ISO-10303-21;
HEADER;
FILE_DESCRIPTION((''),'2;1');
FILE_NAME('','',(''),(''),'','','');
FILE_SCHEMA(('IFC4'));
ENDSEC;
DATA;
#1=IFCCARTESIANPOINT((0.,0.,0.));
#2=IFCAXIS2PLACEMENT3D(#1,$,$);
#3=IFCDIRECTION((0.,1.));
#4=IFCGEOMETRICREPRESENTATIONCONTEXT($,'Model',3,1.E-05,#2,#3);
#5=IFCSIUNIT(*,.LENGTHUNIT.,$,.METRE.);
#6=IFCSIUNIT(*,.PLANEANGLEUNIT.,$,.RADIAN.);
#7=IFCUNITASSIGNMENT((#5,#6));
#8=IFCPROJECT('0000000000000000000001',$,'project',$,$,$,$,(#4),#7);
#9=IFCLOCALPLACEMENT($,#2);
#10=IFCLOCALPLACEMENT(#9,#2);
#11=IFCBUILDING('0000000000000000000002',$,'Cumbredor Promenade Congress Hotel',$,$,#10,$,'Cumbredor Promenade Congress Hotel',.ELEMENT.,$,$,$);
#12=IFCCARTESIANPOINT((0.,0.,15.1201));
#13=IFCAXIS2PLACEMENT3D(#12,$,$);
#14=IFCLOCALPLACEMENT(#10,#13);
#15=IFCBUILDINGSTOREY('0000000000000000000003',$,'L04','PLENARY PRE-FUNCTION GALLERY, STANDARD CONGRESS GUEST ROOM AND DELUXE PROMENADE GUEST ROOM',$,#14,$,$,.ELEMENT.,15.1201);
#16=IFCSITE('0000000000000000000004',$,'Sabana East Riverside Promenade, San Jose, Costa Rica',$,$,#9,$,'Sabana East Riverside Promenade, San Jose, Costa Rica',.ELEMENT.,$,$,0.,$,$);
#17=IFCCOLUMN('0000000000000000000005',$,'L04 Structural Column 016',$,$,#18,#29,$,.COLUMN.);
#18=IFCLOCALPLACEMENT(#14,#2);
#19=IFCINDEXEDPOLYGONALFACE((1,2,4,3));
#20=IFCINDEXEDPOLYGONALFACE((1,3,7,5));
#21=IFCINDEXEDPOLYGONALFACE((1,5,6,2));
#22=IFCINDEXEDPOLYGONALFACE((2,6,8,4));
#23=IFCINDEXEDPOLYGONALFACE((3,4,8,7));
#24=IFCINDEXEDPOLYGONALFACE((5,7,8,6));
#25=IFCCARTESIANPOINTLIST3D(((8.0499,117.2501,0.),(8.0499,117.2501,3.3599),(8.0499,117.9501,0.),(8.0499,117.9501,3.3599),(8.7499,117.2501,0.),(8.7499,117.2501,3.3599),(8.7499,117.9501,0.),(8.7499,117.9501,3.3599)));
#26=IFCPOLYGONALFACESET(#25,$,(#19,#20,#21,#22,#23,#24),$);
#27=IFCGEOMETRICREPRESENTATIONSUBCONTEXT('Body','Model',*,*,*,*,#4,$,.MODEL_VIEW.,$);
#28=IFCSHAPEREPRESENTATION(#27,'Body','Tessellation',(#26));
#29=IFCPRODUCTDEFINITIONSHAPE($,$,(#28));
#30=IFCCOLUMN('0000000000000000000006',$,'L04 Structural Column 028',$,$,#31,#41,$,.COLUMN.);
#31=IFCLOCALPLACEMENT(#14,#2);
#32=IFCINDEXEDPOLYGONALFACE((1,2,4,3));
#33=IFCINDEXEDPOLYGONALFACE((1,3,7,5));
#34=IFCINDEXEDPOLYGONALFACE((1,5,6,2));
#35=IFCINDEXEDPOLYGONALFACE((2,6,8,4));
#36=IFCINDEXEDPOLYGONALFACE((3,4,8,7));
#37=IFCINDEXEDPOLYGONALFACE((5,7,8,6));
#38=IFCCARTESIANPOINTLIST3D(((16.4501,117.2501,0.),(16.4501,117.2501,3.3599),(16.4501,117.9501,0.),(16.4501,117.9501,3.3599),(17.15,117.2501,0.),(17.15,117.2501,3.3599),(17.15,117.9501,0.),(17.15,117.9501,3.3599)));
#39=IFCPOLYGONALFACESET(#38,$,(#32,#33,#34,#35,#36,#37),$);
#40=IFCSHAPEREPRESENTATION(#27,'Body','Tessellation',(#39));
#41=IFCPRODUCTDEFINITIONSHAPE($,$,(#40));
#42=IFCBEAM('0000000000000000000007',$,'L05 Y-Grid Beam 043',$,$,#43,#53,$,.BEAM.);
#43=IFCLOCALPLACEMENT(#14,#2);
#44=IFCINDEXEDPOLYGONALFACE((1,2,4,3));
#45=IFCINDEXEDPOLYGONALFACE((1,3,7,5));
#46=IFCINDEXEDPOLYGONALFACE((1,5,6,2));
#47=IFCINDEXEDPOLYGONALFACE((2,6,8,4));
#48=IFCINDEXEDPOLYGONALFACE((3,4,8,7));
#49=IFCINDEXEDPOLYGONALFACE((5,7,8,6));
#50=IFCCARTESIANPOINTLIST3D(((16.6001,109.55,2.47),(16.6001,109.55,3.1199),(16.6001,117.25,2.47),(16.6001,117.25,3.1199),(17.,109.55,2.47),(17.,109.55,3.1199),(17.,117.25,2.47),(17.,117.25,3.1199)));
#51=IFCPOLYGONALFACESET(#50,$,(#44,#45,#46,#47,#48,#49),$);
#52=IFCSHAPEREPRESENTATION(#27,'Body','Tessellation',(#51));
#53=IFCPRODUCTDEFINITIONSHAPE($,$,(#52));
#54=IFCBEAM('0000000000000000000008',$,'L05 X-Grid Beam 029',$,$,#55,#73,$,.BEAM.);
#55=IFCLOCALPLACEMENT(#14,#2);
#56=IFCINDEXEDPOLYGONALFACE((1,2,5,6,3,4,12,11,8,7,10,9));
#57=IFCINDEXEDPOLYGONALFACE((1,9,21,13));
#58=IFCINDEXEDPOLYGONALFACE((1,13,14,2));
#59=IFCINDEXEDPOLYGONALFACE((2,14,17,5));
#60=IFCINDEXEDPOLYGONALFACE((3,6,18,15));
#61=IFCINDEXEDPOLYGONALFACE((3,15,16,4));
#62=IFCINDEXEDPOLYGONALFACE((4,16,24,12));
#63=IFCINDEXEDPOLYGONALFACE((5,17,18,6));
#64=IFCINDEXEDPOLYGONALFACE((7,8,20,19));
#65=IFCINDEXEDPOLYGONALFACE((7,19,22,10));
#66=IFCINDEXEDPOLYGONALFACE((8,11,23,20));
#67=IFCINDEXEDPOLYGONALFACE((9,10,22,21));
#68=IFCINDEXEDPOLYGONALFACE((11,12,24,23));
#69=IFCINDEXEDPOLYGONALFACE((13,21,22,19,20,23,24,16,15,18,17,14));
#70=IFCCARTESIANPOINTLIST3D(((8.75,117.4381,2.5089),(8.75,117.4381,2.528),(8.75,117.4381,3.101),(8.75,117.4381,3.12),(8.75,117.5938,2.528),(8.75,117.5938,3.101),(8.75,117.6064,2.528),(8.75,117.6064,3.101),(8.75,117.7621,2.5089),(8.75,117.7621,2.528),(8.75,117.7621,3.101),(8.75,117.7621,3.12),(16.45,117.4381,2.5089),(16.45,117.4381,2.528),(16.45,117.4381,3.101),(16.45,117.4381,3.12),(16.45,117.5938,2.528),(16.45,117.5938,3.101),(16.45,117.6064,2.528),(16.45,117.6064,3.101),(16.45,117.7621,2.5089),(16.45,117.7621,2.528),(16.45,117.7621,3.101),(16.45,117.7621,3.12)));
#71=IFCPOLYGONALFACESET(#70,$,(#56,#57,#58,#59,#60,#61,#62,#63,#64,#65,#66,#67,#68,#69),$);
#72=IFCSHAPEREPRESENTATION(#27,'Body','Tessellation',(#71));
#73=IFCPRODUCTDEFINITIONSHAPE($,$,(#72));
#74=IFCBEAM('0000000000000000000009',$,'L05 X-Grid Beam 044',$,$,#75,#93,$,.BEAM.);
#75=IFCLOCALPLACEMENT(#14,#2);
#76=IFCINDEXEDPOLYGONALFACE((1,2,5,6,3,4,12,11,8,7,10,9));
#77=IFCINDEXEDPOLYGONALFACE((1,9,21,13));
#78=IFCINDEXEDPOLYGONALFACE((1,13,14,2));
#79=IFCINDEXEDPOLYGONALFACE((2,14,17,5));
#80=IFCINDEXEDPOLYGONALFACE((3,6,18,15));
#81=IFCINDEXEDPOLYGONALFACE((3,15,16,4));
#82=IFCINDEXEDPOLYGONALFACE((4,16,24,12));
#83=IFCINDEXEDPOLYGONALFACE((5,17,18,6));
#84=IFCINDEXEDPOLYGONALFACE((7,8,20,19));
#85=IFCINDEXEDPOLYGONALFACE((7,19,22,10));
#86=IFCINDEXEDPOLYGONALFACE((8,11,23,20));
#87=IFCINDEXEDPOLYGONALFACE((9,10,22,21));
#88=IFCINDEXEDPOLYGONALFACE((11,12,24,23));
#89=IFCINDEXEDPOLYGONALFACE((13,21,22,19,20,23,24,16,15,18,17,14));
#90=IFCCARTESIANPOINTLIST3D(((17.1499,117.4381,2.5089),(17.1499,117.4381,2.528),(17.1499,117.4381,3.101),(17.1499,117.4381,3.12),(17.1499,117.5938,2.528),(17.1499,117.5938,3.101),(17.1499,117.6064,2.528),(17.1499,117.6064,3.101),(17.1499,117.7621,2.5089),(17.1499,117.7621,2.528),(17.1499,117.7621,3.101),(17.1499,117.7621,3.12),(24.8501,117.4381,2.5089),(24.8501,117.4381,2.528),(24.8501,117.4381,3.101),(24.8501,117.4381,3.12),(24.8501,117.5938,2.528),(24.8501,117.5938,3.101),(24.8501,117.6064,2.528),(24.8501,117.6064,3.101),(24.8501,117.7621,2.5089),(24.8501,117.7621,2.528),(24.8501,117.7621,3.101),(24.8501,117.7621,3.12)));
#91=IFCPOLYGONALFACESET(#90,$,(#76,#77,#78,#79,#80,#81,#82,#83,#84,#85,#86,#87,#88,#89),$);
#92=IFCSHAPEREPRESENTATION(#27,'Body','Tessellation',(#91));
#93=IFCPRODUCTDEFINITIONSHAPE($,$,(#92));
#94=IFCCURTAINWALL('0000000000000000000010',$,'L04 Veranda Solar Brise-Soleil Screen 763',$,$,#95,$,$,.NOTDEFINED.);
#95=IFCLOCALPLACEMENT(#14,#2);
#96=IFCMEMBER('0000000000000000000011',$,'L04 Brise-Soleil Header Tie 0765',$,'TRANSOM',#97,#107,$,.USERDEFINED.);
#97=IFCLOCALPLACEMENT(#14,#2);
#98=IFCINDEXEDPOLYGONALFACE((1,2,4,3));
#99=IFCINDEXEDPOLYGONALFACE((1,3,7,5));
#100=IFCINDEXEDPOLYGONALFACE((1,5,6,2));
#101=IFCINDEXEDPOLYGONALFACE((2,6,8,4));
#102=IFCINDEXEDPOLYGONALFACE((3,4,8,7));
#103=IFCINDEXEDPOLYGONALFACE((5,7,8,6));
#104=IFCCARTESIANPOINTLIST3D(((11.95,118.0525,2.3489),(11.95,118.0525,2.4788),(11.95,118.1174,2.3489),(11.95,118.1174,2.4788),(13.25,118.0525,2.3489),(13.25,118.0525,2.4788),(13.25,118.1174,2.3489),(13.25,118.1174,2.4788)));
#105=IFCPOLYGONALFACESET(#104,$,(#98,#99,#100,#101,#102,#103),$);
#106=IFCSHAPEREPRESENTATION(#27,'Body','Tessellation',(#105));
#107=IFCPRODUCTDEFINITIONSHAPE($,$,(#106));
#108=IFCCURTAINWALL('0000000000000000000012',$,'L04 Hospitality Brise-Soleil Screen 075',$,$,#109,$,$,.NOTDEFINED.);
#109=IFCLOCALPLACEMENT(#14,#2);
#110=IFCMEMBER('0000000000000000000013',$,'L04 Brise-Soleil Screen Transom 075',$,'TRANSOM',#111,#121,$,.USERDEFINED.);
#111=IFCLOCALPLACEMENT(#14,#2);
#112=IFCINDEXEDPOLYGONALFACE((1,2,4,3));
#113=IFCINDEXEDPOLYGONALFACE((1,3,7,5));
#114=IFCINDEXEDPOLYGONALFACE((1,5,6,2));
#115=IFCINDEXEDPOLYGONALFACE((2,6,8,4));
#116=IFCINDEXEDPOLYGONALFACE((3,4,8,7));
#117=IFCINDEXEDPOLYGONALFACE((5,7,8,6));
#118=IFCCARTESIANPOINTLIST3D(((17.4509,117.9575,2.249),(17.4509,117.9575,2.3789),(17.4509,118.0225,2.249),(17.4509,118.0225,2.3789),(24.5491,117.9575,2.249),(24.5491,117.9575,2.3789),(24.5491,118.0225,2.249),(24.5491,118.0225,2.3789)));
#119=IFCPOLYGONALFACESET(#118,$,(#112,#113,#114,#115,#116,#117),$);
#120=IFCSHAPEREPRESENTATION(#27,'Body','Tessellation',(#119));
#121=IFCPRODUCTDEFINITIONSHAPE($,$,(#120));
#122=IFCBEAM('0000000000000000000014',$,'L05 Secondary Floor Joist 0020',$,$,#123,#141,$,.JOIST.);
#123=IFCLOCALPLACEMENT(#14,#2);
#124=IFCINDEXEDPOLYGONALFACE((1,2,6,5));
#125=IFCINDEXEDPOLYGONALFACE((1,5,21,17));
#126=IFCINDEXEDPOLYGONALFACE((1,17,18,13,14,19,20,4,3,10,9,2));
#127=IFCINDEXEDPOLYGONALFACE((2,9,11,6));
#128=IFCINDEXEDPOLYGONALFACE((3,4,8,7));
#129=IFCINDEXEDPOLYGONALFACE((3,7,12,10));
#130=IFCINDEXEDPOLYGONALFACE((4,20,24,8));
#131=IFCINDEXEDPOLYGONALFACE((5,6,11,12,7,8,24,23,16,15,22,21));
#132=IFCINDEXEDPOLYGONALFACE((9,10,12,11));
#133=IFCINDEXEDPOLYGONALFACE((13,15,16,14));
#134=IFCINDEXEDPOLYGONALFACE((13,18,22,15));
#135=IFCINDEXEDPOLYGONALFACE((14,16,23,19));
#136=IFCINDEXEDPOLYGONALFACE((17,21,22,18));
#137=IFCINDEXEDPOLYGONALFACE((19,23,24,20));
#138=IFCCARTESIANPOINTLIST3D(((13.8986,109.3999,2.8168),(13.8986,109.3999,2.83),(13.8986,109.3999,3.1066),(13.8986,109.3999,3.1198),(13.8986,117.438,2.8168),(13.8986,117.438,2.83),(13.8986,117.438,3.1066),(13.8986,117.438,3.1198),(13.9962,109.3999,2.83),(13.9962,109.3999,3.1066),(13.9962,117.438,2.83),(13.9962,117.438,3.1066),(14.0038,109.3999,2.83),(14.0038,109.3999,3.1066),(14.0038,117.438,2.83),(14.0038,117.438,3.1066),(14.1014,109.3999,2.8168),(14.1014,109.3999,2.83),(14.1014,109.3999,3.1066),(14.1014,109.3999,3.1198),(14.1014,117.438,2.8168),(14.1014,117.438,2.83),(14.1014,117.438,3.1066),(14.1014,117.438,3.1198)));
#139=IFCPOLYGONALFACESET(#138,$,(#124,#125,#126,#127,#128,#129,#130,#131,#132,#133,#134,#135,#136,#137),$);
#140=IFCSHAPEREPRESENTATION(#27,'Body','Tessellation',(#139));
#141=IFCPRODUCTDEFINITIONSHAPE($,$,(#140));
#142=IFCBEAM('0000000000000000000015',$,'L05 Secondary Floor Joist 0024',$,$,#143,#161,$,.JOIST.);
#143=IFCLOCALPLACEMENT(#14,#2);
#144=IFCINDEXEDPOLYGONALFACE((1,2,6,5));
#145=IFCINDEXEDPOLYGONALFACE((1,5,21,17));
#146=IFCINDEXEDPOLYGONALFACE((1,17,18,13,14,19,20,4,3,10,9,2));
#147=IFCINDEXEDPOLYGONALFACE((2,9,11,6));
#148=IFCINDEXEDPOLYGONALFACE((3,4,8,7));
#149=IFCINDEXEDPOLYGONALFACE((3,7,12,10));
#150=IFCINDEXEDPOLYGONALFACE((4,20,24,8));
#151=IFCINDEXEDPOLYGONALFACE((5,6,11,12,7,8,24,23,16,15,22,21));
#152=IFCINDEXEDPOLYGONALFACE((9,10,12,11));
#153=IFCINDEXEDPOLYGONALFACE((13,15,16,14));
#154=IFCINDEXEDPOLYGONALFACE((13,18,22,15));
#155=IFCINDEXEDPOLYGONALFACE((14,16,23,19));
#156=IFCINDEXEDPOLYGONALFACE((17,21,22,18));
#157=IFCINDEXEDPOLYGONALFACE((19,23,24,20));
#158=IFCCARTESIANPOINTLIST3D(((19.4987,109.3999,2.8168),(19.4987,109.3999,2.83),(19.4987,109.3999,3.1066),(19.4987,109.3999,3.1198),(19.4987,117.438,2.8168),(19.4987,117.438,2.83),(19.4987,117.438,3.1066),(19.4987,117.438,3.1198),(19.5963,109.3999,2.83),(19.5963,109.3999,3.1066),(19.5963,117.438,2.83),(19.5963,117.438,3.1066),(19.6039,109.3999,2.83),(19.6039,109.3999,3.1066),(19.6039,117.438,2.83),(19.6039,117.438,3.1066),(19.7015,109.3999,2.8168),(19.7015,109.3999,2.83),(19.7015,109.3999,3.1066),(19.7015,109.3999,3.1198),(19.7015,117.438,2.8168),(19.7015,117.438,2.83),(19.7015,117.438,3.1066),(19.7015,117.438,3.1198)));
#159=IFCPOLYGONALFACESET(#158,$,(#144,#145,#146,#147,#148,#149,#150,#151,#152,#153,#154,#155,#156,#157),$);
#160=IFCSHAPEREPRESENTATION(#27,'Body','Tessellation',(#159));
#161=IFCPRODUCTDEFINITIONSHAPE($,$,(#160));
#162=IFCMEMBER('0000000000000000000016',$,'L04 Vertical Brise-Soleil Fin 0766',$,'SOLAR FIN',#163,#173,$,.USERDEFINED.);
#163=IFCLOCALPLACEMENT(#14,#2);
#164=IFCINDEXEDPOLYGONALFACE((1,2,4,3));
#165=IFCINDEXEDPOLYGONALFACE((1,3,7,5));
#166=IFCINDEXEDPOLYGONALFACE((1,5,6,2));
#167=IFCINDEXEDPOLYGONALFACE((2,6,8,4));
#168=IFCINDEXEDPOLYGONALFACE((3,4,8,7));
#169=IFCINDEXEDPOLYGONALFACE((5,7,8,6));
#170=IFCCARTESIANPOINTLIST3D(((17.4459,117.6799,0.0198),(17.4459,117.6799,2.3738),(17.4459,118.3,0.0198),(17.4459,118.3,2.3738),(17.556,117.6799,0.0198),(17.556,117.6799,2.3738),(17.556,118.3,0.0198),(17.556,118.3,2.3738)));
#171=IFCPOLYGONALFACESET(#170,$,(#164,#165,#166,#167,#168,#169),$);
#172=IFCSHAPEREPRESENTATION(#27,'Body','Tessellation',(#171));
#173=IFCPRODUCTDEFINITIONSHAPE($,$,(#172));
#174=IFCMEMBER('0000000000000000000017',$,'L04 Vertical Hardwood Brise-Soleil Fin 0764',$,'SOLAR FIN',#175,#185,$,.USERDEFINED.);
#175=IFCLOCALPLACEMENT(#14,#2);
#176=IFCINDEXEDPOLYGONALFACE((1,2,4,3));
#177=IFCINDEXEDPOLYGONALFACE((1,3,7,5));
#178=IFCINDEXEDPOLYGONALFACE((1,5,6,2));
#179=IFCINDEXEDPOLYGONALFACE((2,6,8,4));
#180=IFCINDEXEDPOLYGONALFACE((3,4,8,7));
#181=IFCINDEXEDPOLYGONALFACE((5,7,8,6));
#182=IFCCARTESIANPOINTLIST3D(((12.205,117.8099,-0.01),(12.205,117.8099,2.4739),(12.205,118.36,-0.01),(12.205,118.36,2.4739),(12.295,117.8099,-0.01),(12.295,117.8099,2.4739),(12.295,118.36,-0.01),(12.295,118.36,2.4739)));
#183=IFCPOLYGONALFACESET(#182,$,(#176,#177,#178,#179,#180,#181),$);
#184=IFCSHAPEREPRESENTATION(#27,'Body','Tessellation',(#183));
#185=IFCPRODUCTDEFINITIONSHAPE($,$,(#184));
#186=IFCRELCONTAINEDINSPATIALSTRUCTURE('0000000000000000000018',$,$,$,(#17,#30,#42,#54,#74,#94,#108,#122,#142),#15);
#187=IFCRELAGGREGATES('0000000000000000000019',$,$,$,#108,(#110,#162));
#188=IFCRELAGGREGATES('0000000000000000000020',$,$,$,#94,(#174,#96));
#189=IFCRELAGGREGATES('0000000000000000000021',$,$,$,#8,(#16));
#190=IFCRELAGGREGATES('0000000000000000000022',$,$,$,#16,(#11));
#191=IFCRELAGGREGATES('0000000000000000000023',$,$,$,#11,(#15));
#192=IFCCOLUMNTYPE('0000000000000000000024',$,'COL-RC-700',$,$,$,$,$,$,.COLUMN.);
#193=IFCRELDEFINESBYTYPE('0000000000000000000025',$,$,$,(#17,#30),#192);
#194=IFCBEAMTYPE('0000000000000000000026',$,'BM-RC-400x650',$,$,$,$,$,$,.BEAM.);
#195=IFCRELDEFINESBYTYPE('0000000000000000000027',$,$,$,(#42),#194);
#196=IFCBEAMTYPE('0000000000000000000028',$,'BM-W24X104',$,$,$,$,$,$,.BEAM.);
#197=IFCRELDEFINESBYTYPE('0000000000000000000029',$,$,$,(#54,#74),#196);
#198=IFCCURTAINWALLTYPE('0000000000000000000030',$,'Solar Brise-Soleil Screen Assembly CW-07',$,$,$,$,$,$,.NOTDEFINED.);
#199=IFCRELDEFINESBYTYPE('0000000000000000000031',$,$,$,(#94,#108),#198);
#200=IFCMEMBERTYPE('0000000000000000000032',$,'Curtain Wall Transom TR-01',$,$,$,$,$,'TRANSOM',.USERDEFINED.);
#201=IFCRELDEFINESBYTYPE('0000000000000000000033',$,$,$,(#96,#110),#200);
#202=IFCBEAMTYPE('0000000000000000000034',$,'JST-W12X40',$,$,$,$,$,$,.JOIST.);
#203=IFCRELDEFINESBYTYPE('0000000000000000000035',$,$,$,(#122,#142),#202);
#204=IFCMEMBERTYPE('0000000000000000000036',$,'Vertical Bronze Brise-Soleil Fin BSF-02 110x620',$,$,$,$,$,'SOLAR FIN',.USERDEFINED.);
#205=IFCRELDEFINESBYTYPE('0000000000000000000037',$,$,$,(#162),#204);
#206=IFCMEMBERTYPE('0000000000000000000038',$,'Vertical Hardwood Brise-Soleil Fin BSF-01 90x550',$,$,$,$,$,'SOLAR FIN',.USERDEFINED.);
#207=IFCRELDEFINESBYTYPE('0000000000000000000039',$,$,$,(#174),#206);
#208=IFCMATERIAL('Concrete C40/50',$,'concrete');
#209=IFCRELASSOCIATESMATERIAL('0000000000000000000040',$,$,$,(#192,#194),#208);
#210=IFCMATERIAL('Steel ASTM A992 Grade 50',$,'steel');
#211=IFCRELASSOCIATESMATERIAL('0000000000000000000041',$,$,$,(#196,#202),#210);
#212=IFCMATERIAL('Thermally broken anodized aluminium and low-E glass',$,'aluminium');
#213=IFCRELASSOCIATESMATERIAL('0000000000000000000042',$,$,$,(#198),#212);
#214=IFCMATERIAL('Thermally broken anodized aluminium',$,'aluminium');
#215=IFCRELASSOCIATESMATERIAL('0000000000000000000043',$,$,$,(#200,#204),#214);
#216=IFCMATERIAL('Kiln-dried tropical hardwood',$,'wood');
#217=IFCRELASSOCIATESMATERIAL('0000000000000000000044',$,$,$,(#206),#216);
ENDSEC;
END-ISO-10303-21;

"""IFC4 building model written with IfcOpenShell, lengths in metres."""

from ifc_helpers import new_model, si_unit, direction, frame, origin, origin_2d, place, context, subcontext, project, spatial, rectangle, i_section, extrude, material, material_profile, profile_set, type_object, element, aggregate, save


model = new_model("IFC4")

# Units and contexts
model_context = context("Model", 3, precision=1e-05, world=origin(), true_north=direction((0.0, 1.0)))
body_context = subcontext(model_context, "Body", "Model", "MODEL_VIEW")
ifc_project = project(units=[si_unit("LENGTHUNIT", "METRE"), si_unit("PLANEANGLEUNIT", "RADIAN")], contexts=[model_context])

# Site, building, storey
site_placement = place(None, origin())
site = spatial("IfcSite", under=ifc_project, at=site_placement, Name="Sabana East Riverside Promenade, San Jose, Costa Rica", LongName="Sabana East Riverside Promenade, San Jose, Costa Rica", CompositionType="ELEMENT", RefElevation=0.0)
building_placement = place(site_placement, origin())
building = spatial("IfcBuilding", under=site, at=building_placement, Name="Cumbredor Promenade Congress Hotel", LongName="Cumbredor Promenade Congress Hotel", CompositionType="ELEMENT")
storey_placement = place(building_placement, frame((0.0, 0.0, 15.1201)))
storey = spatial("IfcBuildingStorey", under=building, at=storey_placement, Name="L04", Description="PLENARY PRE-FUNCTION GALLERY, STANDARD CONGRESS GUEST ROOM AND DELUXE PROMENADE GUEST ROOM", CompositionType="ELEMENT", Elevation=15.1201)

# Columns
ifc_material_1 = material(Name="Concrete C40/50", Category="concrete")
ifc_material_profile_1 = material_profile(ifc_material_1, rectangle(XDim=0.7, YDim=0.7, at=origin_2d()), Name="RC 700x700")
ifc_profile_set_1 = profile_set([ifc_material_profile_1], Name="Concrete C40/50")
column_type = type_object("IfcColumnType", Name="COL-RC-700", PredefinedType="COLUMN", material=ifc_profile_set_1)
for number, where, z_axis, x_axis, name in (
    (1, (8.3999, 117.6001, 0.0), (0.0, 0.0, 1.0), (1.0, 0.0, 0.0), "L04 Structural Column 016"),
    (2, (16.8, 117.6001, 0.0), (0.0, 0.0, 1.0), (1.0, 0.0, 0.0), "L04 Structural Column 028"),
):
    element("IfcColumn", number, at=place(storey_placement, frame(where, z_axis=z_axis, x_axis=x_axis)), inside=storey, type_object=column_type, Name=name, PredefinedType="COLUMN", context=body_context, shape_type="SweptSolid", body=[
        extrude(rectangle(XDim=0.7, YDim=0.7, at=origin_2d()), origin(), (0.0, 0.0, 1.0), 3.3599),
    ])

# Beams
ifc_material_profile_2 = material_profile(ifc_material_1, rectangle(XDim=0.3999, YDim=0.6499, at=origin_2d()), Name="RC BEAM 400x650")
ifc_profile_set_2 = profile_set([ifc_material_profile_2], Name="Concrete C40/50")
beam_type_1 = type_object("IfcBeamType", Name="BM-RC-400x650", PredefinedType="BEAM", material=ifc_profile_set_2)
beam_1_placement = place(storey_placement, frame((16.8, 109.55, 2.7949), z_axis=(0.0, 1.0, 0.0), x_axis=(-1.0, 0.0, 0.0)))
element("IfcBeam", 3, at=beam_1_placement, inside=storey, type_object=beam_type_1, Name="L05 Y-Grid Beam 043", PredefinedType="BEAM", context=body_context, shape_type="SweptSolid", body=[
    extrude(rectangle(XDim=0.3999, YDim=0.6499, at=origin_2d()), origin(), (0.0, 0.0, 1.0), 7.7),
])
ifc_material_2 = material(Name="Steel ASTM A992 Grade 50", Category="steel")
ifc_material_profile_3 = material_profile(ifc_material_2, i_section(OverallWidth=0.324, OverallDepth=0.6111, WebThickness=0.0127, FlangeThickness=0.019, at=origin_2d()), Name="W24X104")
ifc_profile_set_3 = profile_set([ifc_material_profile_3], Name="Steel ASTM A992 Grade 50")
beam_type_2 = type_object("IfcBeamType", Name="BM-W24X104", PredefinedType="BEAM", material=ifc_profile_set_3)
beam_2_placement = place(storey_placement, frame((8.75, 117.6001, 2.8145), z_axis=(1.0, 0.0, 0.0), x_axis=(0.0, 1.0, 0.0)))
element("IfcBeam", 4, at=beam_2_placement, inside=storey, type_object=beam_type_2, Name="L05 X-Grid Beam 029", PredefinedType="BEAM", context=body_context, shape_type="SweptSolid", body=[
    extrude(i_section(OverallWidth=0.324, OverallDepth=0.6111, WebThickness=0.0127, FlangeThickness=0.019, at=origin_2d()), origin(), (0.0, 0.0, 1.0), 7.7),
])
beam_3_placement = place(storey_placement, frame((17.1499, 117.6001, 2.8145), z_axis=(1.0, 0.0, 0.0), x_axis=(0.0, 1.0, 0.0)))
element("IfcBeam", 5, at=beam_3_placement, inside=storey, type_object=beam_type_2, Name="L05 X-Grid Beam 044", PredefinedType="BEAM", context=body_context, shape_type="SweptSolid", body=[
    extrude(i_section(OverallWidth=0.324, OverallDepth=0.6111, WebThickness=0.0127, FlangeThickness=0.019, at=origin_2d()), origin(), (0.0, 0.0, 1.0), 7.7002),
])

# Curtain walls, members
ifc_material_3 = material(Name="Thermally broken anodized aluminium and low-E glass", Category="aluminium")
curtain_wall_type = type_object("IfcCurtainWallType", Name="Solar Brise-Soleil Screen Assembly CW-07", PredefinedType="NOTDEFINED", material=ifc_material_3)
curtain_wall_1_placement = place(storey_placement, origin())
curtain_wall_1 = element("IfcCurtainWall", 6, at=curtain_wall_1_placement, inside=storey, type_object=curtain_wall_type, Name="L04 Veranda Solar Brise-Soleil Screen 763", PredefinedType="NOTDEFINED")
ifc_material_4 = material(Name="Thermally broken anodized aluminium", Category="aluminium")
ifc_material_profile_4 = material_profile(ifc_material_4, rectangle(XDim=0.0649, YDim=0.1299, at=origin_2d()), Name="ALU TRANSOM 65x130")
ifc_profile_set_4 = profile_set([ifc_material_profile_4], Name="Thermally broken anodized aluminium")
member_type_1 = type_object("IfcMemberType", Name="Curtain Wall Transom TR-01", ElementType="TRANSOM", PredefinedType="USERDEFINED", material=ifc_profile_set_4)
member_1_placement = place(storey_placement, frame((11.95, 118.085, 2.4138), z_axis=(1.0, 0.0, 0.0), x_axis=(0.0, 1.0, 0.0)))
member_1 = element("IfcMember", 7, at=member_1_placement, type_object=member_type_1, Name="L04 Brise-Soleil Header Tie 0765", ObjectType="TRANSOM", PredefinedType="USERDEFINED", context=body_context, shape_type="SweptSolid", body=[
    extrude(rectangle(XDim=0.0649, YDim=0.1299, at=origin_2d()), origin(), (0.0, 0.0, 1.0), 1.3),
])
curtain_wall_2_placement = place(storey_placement, origin())
curtain_wall_2 = element("IfcCurtainWall", 8, at=curtain_wall_2_placement, inside=storey, type_object=curtain_wall_type, Name="L04 Hospitality Brise-Soleil Screen 075", PredefinedType="NOTDEFINED")
member_2_placement = place(storey_placement, frame((17.4509, 117.99, 2.314), z_axis=(1.0, 0.0, 0.0), x_axis=(0.0, 1.0, 0.0)))
member_2 = element("IfcMember", 9, at=member_2_placement, type_object=member_type_1, Name="L04 Brise-Soleil Screen Transom 075", ObjectType="TRANSOM", PredefinedType="USERDEFINED", context=body_context, shape_type="SweptSolid", body=[
    extrude(rectangle(XDim=0.0649, YDim=0.1299, at=origin_2d()), origin(), (0.0, 0.0, 1.0), 7.0981),
])

# Beams
ifc_material_profile_5 = material_profile(ifc_material_2, i_section(OverallWidth=0.2029, OverallDepth=0.303, WebThickness=0.0076, FlangeThickness=0.0132, at=origin_2d()), Name="W12X40")
ifc_profile_set_5 = profile_set([ifc_material_profile_5], Name="Steel ASTM A992 Grade 50")
beam_type_3 = type_object("IfcBeamType", Name="JST-W12X40", PredefinedType="JOIST", material=ifc_profile_set_5)
for number, where, z_axis, x_axis, name in (
    (10, (14.0, 109.3999, 2.9683), (0.0, 1.0, 0.0), (-1.0, 0.0, 0.0), "L05 Secondary Floor Joist 0020"),
    (11, (19.6001, 109.3999, 2.9683), (0.0, 1.0, 0.0), (-1.0, 0.0, 0.0), "L05 Secondary Floor Joist 0024"),
):
    element("IfcBeam", number, at=place(storey_placement, frame(where, z_axis=z_axis, x_axis=x_axis)), inside=storey, type_object=beam_type_3, Name=name, PredefinedType="JOIST", context=body_context, shape_type="SweptSolid", body=[
        extrude(i_section(OverallWidth=0.2029, OverallDepth=0.303, WebThickness=0.0076, FlangeThickness=0.0132, at=origin_2d()), origin(), (0.0, 0.0, 1.0), 8.0381),
    ])

# Members
ifc_material_profile_6 = material_profile(ifc_material_4, rectangle(XDim=0.1101, YDim=0.6201, at=origin_2d()), Name="ARCH FIN 110x620")
ifc_profile_set_6 = profile_set([ifc_material_profile_6], Name="Thermally broken anodized aluminium")
member_type_2 = type_object("IfcMemberType", Name="Vertical Bronze Brise-Soleil Fin BSF-02 110x620", ElementType="SOLAR FIN", PredefinedType="USERDEFINED", material=ifc_profile_set_6)
member_3_placement = place(storey_placement, frame((17.501, 117.99, 0.0198), z_axis=(0.0, 0.0, 1.0), x_axis=(1.0, 0.0, 0.0)))
member_3 = element("IfcMember", 12, at=member_3_placement, type_object=member_type_2, Name="L04 Vertical Brise-Soleil Fin 0766", ObjectType="SOLAR FIN", PredefinedType="USERDEFINED", context=body_context, shape_type="SweptSolid", body=[
    extrude(rectangle(XDim=0.1101, YDim=0.6201, at=origin_2d()), origin(), (0.0, 0.0, 1.0), 2.354),
])
aggregate(curtain_wall_2, [member_2, member_3])
ifc_material_5 = material(Name="Kiln-dried tropical hardwood", Category="wood")
ifc_material_profile_7 = material_profile(ifc_material_5, rectangle(XDim=0.0901, YDim=0.55, at=origin_2d()), Name="ARCH FIN 90x550")
ifc_profile_set_7 = profile_set([ifc_material_profile_7], Name="Kiln-dried tropical hardwood")
member_type_3 = type_object("IfcMemberType", Name="Vertical Hardwood Brise-Soleil Fin BSF-01 90x550", ElementType="SOLAR FIN", PredefinedType="USERDEFINED", material=ifc_profile_set_7)
member_4_placement = place(storey_placement, frame((12.25, 118.085, -0.01), z_axis=(0.0, 0.0, 1.0), x_axis=(1.0, 0.0, 0.0)))
member_4 = element("IfcMember", 13, at=member_4_placement, type_object=member_type_3, Name="L04 Vertical Hardwood Brise-Soleil Fin 0764", ObjectType="SOLAR FIN", PredefinedType="USERDEFINED", context=body_context, shape_type="SweptSolid", body=[
    extrude(rectangle(XDim=0.0901, YDim=0.55, at=origin_2d()), origin(), (0.0, 0.0, 1.0), 2.4839),
])
aggregate(curtain_wall_1, [member_4, member_1])

save(model, "model.ifc")
